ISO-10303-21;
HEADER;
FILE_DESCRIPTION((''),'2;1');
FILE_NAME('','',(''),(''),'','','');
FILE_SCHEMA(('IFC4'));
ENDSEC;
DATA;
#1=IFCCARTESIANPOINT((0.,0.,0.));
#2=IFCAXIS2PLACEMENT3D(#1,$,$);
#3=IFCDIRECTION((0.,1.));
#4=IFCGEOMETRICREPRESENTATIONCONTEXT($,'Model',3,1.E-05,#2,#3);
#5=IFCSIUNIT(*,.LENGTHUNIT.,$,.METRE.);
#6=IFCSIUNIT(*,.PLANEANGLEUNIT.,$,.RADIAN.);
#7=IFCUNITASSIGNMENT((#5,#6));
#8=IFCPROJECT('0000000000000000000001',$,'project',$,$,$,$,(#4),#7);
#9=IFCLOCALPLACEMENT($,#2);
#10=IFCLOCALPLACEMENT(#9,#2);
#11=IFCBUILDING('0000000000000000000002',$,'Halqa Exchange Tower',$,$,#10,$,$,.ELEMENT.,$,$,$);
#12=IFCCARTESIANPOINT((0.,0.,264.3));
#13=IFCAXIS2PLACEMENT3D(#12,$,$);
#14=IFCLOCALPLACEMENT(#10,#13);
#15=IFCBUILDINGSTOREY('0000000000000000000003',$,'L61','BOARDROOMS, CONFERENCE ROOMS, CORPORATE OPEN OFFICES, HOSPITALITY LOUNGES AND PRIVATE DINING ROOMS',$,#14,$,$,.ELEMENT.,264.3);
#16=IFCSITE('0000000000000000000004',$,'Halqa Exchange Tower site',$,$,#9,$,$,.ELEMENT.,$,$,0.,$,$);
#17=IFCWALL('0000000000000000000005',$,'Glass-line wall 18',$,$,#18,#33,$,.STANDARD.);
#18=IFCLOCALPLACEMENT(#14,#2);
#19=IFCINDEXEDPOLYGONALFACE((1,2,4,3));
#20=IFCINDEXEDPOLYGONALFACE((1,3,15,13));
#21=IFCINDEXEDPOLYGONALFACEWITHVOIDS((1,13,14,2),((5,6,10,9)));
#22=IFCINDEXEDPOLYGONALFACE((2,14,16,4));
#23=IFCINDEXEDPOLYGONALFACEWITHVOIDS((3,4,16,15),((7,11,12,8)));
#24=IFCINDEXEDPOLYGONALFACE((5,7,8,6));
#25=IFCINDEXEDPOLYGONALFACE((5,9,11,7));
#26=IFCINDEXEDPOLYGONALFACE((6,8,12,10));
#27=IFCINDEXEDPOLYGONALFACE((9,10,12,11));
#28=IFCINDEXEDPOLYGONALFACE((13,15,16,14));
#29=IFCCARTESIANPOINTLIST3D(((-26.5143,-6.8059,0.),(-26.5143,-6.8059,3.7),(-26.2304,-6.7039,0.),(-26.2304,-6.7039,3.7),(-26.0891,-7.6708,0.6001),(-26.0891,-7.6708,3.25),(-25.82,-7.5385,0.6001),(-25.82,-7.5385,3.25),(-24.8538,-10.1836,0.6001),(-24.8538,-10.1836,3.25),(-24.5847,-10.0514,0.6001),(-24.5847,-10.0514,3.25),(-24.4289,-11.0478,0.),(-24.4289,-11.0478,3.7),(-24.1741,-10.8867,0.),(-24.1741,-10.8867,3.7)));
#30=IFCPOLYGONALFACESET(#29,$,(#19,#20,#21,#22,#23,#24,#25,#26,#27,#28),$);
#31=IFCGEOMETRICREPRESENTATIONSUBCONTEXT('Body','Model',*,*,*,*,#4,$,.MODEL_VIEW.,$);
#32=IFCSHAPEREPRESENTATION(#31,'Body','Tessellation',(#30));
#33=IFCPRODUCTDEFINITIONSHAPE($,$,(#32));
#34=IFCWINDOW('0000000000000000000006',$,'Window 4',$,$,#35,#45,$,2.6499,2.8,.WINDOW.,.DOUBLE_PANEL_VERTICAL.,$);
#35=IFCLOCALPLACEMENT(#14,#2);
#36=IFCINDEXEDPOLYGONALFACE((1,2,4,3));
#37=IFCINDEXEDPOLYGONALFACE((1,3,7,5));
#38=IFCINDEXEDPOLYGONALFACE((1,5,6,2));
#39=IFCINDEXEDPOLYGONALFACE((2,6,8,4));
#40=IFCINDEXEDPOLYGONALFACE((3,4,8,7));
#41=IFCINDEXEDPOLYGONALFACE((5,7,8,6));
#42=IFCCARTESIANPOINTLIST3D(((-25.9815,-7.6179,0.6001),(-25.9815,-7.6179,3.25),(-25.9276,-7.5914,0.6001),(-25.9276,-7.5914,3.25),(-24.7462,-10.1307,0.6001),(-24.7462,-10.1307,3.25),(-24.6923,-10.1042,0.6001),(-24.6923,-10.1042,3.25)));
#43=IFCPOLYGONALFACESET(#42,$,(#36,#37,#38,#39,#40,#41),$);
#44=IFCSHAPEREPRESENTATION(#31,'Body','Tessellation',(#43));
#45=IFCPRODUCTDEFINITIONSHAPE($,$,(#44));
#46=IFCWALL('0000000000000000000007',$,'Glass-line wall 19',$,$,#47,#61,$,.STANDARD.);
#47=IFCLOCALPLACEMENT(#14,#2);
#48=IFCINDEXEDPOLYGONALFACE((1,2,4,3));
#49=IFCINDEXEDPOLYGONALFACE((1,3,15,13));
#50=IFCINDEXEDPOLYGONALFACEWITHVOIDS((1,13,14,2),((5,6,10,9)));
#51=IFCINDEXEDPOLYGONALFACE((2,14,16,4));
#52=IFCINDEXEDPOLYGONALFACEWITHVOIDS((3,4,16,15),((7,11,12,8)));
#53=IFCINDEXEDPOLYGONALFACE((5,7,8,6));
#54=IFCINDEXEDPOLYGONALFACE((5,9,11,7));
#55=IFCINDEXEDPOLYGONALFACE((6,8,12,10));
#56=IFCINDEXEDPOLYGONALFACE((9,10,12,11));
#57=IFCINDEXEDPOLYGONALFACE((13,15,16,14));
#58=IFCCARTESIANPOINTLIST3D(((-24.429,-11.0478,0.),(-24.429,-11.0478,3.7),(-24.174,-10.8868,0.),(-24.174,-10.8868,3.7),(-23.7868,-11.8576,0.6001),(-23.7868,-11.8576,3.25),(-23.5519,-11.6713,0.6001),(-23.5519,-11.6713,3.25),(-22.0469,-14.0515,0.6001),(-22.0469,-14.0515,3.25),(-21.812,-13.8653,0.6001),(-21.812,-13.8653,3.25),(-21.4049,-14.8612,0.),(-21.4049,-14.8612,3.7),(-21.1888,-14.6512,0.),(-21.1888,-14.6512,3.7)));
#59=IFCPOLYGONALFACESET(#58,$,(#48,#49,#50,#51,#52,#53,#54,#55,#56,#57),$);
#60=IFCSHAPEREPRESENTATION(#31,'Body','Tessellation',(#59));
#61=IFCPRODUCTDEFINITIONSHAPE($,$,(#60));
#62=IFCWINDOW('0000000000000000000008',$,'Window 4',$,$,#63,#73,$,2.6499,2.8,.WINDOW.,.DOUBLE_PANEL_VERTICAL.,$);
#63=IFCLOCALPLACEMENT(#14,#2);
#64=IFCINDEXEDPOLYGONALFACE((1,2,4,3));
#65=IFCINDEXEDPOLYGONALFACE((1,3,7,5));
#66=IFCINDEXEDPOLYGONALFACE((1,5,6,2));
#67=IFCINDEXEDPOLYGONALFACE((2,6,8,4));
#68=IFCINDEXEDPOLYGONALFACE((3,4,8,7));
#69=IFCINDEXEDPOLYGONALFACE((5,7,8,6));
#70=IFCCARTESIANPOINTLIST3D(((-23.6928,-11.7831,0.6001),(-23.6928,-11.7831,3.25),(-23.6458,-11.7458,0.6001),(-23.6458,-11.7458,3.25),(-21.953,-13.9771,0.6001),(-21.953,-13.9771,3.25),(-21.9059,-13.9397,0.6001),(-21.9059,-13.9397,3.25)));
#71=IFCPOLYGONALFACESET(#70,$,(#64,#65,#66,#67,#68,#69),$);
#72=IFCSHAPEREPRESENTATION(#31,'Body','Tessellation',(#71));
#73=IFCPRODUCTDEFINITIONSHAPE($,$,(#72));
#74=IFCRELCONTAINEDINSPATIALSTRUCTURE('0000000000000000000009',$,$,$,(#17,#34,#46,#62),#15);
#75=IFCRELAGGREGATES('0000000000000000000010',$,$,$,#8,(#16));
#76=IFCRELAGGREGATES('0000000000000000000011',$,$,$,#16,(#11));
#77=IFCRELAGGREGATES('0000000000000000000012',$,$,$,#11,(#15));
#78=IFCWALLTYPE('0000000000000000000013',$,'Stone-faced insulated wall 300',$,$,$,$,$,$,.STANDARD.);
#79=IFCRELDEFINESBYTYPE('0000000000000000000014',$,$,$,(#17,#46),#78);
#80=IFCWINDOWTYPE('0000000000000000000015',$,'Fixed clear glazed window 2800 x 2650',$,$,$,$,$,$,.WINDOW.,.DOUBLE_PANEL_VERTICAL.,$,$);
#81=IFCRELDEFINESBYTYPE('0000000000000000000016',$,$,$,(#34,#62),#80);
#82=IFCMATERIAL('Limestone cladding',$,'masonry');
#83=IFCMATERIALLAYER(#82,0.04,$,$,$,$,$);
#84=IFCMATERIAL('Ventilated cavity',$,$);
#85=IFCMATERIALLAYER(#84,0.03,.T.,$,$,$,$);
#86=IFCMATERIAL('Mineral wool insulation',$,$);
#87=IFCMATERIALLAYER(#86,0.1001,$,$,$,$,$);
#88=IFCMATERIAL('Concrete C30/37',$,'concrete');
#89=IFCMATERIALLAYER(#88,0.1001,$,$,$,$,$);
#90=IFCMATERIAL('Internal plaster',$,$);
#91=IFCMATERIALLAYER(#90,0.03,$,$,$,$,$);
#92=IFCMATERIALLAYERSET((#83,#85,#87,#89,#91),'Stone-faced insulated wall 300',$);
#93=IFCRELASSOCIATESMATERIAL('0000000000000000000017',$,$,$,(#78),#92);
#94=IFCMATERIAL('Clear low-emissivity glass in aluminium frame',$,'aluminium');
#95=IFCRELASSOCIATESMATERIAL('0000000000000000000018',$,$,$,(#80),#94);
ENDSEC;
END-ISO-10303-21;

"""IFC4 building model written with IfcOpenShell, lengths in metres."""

from ifc_helpers import new_model, si_unit, direction, frame, frame_2d, origin, place, context, subcontext, project, spatial, polyline, rectangle, outline, extrude, material, layer, layer_set, type_object, element, fill, save


model = new_model("IFC4")

# Units and contexts
model_context = context("Model", 3, precision=1e-05, world=origin(), true_north=direction((0.0, 1.0)))
body_context = subcontext(model_context, "Body", "Model", "MODEL_VIEW")
ifc_project = project(units=[si_unit("LENGTHUNIT", "METRE"), si_unit("PLANEANGLEUNIT", "RADIAN")], contexts=[model_context])

# Site, building, storey
site_placement = place(None, origin())
site = spatial("IfcSite", under=ifc_project, at=site_placement, Name="Halqa Exchange Tower site", CompositionType="ELEMENT", RefElevation=0.0)
building_placement = place(site_placement, origin())
building = spatial("IfcBuilding", under=site, at=building_placement, Name="Halqa Exchange Tower", CompositionType="ELEMENT")
storey_placement = place(building_placement, frame((0.0, 0.0, 264.3)))
storey = spatial("IfcBuildingStorey", under=building, at=storey_placement, Name="L61", Description="BOARDROOMS, CONFERENCE ROOMS, CORPORATE OPEN OFFICES, HOSPITALITY LOUNGES AND PRIVATE DINING ROOMS", CompositionType="ELEMENT", Elevation=264.3)

# Walls, openings, windows
ifc_material_1 = material(Name="Limestone cladding", Category="masonry")
ifc_layer_1 = layer(ifc_material_1, 0.04)
ifc_material_2 = material(Name="Ventilated cavity")
ifc_layer_2 = layer(ifc_material_2, 0.03, ventilated=True)
ifc_material_3 = material(Name="Mineral wool insulation")
ifc_layer_3 = layer(ifc_material_3, 0.1001)
ifc_material_4 = material(Name="Concrete C30/37", Category="concrete")
ifc_layer_4 = layer(ifc_material_4, 0.1001)
ifc_material_5 = material(Name="Internal plaster")
ifc_layer_5 = layer(ifc_material_5, 0.03)
ifc_layer_set_1 = layer_set([ifc_layer_1, ifc_layer_2, ifc_layer_3, ifc_layer_4, ifc_layer_5], Name="Stone-faced insulated wall 300")
wall_type_1 = type_object("IfcWallType", Name="Stone-faced insulated wall 300", PredefinedType="STANDARD", material=ifc_layer_set_1)
ifc_material_6 = material(Name="Clear low-emissivity glass in aluminium frame", Category="aluminium")
window_type = type_object("IfcWindowType", Name="Fixed clear glazed window 2800 x 2650", PartitioningType="DOUBLE_PANEL_VERTICAL", PredefinedType="WINDOW", material=ifc_material_6)
wall_1_placement = place(storey_placement, frame((-26.3723, -6.7549, 0.0), z_axis=(0.0, 0.0, 1.0), x_axis=(0.44117, -0.897424, 0.0)))
wall_1 = element("IfcWall", 1, at=wall_1_placement, inside=storey, type_object=wall_type_1, Name="Glass-line wall 18", PredefinedType="STANDARD", context=body_context, shape_type="SweptSolid", body=[
    extrude(outline(polyline([(-0.0168, -0.1499), (4.71, -0.1499), (4.6777, 0.1499), (0.0168, 0.1499), (-0.0168, -0.1499)])), origin(), (0.0, 0.0, 1.0), 3.7),
])
opening_1_placement = place(wall_1_placement, frame((0.947, 0.0, 0.6001)))
opening_1 = element("IfcOpeningElement", 2, at=opening_1_placement, cuts=wall_1, PredefinedType="OPENING", context=body_context, shape_type="SweptSolid", body=[
    extrude(rectangle(XDim=2.8, YDim=2.6499, at=frame_2d((1.3999, 1.325))), frame((0.0, 0.1621, 0.0), z_axis=(0.0, -1.0, 0.0), x_axis=(1.0, 0.0, 0.0)), (0.0, 0.0, 1.0), 0.324),
])
window_1_placement = place(opening_1_placement, origin())
window_1 = element("IfcWindow", 3, at=window_1_placement, inside=storey, type_object=window_type, Name="Window 4", OverallHeight=2.6499, OverallWidth=2.8, PartitioningType="DOUBLE_PANEL_VERTICAL", PredefinedType="WINDOW", context=body_context, shape_type="SweptSolid", body=[
    extrude(rectangle(XDim=2.8, YDim=2.6499, at=frame_2d((1.3999, 1.325))), frame((0.0, 0.03, 0.0), z_axis=(0.0, -1.0, 0.0), x_axis=(1.0, 0.0, 0.0)), (0.0, 0.0, 1.0), 0.0601),
])
fill(opening_1, window_1)
wall_2_placement = place(storey_placement, frame((-24.3015, -10.9673, 0.0), z_axis=(0.0, 0.0, 1.0), x_axis=(0.621358, -0.783526, 0.0)))
wall_2 = element("IfcWall", 4, at=wall_2_placement, inside=storey, type_object=wall_type_1, Name="Glass-line wall 19", PredefinedType="STANDARD", context=body_context, shape_type="SweptSolid", body=[
    extrude(outline(polyline([(-0.0161, -0.1499), (4.8508, -0.1499), (4.8206, 0.1499), (0.0161, 0.1499), (-0.0161, -0.1499)])), origin(), (0.0, 0.0, 1.0), 3.7),
])
opening_2_placement = place(wall_2_placement, frame((1.0176, 0.0, 0.6001)))
opening_2 = element("IfcOpeningElement", 5, at=opening_2_placement, cuts=wall_2, PredefinedType="OPENING", context=body_context, shape_type="SweptSolid", body=[
    extrude(rectangle(XDim=2.8, YDim=2.6499, at=frame_2d((1.3999, 1.325))), frame((0.0, 0.1621, 0.0), z_axis=(0.0, -1.0, 0.0), x_axis=(1.0, 0.0, 0.0)), (0.0, 0.0, 1.0), 0.324),
])
window_2_placement = place(opening_2_placement, origin())
window_2 = element("IfcWindow", 6, at=window_2_placement, inside=storey, type_object=window_type, Name="Window 4", OverallHeight=2.6499, OverallWidth=2.8, PartitioningType="DOUBLE_PANEL_VERTICAL", PredefinedType="WINDOW", context=body_context, shape_type="SweptSolid", body=[
    extrude(rectangle(XDim=2.8, YDim=2.6499, at=frame_2d((1.3999, 1.325))), frame((0.0, 0.03, 0.0), z_axis=(0.0, -1.0, 0.0), x_axis=(1.0, 0.0, 0.0)), (0.0, 0.0, 1.0), 0.0601),
])
fill(opening_2, window_2)

save(model, "model.ifc")
